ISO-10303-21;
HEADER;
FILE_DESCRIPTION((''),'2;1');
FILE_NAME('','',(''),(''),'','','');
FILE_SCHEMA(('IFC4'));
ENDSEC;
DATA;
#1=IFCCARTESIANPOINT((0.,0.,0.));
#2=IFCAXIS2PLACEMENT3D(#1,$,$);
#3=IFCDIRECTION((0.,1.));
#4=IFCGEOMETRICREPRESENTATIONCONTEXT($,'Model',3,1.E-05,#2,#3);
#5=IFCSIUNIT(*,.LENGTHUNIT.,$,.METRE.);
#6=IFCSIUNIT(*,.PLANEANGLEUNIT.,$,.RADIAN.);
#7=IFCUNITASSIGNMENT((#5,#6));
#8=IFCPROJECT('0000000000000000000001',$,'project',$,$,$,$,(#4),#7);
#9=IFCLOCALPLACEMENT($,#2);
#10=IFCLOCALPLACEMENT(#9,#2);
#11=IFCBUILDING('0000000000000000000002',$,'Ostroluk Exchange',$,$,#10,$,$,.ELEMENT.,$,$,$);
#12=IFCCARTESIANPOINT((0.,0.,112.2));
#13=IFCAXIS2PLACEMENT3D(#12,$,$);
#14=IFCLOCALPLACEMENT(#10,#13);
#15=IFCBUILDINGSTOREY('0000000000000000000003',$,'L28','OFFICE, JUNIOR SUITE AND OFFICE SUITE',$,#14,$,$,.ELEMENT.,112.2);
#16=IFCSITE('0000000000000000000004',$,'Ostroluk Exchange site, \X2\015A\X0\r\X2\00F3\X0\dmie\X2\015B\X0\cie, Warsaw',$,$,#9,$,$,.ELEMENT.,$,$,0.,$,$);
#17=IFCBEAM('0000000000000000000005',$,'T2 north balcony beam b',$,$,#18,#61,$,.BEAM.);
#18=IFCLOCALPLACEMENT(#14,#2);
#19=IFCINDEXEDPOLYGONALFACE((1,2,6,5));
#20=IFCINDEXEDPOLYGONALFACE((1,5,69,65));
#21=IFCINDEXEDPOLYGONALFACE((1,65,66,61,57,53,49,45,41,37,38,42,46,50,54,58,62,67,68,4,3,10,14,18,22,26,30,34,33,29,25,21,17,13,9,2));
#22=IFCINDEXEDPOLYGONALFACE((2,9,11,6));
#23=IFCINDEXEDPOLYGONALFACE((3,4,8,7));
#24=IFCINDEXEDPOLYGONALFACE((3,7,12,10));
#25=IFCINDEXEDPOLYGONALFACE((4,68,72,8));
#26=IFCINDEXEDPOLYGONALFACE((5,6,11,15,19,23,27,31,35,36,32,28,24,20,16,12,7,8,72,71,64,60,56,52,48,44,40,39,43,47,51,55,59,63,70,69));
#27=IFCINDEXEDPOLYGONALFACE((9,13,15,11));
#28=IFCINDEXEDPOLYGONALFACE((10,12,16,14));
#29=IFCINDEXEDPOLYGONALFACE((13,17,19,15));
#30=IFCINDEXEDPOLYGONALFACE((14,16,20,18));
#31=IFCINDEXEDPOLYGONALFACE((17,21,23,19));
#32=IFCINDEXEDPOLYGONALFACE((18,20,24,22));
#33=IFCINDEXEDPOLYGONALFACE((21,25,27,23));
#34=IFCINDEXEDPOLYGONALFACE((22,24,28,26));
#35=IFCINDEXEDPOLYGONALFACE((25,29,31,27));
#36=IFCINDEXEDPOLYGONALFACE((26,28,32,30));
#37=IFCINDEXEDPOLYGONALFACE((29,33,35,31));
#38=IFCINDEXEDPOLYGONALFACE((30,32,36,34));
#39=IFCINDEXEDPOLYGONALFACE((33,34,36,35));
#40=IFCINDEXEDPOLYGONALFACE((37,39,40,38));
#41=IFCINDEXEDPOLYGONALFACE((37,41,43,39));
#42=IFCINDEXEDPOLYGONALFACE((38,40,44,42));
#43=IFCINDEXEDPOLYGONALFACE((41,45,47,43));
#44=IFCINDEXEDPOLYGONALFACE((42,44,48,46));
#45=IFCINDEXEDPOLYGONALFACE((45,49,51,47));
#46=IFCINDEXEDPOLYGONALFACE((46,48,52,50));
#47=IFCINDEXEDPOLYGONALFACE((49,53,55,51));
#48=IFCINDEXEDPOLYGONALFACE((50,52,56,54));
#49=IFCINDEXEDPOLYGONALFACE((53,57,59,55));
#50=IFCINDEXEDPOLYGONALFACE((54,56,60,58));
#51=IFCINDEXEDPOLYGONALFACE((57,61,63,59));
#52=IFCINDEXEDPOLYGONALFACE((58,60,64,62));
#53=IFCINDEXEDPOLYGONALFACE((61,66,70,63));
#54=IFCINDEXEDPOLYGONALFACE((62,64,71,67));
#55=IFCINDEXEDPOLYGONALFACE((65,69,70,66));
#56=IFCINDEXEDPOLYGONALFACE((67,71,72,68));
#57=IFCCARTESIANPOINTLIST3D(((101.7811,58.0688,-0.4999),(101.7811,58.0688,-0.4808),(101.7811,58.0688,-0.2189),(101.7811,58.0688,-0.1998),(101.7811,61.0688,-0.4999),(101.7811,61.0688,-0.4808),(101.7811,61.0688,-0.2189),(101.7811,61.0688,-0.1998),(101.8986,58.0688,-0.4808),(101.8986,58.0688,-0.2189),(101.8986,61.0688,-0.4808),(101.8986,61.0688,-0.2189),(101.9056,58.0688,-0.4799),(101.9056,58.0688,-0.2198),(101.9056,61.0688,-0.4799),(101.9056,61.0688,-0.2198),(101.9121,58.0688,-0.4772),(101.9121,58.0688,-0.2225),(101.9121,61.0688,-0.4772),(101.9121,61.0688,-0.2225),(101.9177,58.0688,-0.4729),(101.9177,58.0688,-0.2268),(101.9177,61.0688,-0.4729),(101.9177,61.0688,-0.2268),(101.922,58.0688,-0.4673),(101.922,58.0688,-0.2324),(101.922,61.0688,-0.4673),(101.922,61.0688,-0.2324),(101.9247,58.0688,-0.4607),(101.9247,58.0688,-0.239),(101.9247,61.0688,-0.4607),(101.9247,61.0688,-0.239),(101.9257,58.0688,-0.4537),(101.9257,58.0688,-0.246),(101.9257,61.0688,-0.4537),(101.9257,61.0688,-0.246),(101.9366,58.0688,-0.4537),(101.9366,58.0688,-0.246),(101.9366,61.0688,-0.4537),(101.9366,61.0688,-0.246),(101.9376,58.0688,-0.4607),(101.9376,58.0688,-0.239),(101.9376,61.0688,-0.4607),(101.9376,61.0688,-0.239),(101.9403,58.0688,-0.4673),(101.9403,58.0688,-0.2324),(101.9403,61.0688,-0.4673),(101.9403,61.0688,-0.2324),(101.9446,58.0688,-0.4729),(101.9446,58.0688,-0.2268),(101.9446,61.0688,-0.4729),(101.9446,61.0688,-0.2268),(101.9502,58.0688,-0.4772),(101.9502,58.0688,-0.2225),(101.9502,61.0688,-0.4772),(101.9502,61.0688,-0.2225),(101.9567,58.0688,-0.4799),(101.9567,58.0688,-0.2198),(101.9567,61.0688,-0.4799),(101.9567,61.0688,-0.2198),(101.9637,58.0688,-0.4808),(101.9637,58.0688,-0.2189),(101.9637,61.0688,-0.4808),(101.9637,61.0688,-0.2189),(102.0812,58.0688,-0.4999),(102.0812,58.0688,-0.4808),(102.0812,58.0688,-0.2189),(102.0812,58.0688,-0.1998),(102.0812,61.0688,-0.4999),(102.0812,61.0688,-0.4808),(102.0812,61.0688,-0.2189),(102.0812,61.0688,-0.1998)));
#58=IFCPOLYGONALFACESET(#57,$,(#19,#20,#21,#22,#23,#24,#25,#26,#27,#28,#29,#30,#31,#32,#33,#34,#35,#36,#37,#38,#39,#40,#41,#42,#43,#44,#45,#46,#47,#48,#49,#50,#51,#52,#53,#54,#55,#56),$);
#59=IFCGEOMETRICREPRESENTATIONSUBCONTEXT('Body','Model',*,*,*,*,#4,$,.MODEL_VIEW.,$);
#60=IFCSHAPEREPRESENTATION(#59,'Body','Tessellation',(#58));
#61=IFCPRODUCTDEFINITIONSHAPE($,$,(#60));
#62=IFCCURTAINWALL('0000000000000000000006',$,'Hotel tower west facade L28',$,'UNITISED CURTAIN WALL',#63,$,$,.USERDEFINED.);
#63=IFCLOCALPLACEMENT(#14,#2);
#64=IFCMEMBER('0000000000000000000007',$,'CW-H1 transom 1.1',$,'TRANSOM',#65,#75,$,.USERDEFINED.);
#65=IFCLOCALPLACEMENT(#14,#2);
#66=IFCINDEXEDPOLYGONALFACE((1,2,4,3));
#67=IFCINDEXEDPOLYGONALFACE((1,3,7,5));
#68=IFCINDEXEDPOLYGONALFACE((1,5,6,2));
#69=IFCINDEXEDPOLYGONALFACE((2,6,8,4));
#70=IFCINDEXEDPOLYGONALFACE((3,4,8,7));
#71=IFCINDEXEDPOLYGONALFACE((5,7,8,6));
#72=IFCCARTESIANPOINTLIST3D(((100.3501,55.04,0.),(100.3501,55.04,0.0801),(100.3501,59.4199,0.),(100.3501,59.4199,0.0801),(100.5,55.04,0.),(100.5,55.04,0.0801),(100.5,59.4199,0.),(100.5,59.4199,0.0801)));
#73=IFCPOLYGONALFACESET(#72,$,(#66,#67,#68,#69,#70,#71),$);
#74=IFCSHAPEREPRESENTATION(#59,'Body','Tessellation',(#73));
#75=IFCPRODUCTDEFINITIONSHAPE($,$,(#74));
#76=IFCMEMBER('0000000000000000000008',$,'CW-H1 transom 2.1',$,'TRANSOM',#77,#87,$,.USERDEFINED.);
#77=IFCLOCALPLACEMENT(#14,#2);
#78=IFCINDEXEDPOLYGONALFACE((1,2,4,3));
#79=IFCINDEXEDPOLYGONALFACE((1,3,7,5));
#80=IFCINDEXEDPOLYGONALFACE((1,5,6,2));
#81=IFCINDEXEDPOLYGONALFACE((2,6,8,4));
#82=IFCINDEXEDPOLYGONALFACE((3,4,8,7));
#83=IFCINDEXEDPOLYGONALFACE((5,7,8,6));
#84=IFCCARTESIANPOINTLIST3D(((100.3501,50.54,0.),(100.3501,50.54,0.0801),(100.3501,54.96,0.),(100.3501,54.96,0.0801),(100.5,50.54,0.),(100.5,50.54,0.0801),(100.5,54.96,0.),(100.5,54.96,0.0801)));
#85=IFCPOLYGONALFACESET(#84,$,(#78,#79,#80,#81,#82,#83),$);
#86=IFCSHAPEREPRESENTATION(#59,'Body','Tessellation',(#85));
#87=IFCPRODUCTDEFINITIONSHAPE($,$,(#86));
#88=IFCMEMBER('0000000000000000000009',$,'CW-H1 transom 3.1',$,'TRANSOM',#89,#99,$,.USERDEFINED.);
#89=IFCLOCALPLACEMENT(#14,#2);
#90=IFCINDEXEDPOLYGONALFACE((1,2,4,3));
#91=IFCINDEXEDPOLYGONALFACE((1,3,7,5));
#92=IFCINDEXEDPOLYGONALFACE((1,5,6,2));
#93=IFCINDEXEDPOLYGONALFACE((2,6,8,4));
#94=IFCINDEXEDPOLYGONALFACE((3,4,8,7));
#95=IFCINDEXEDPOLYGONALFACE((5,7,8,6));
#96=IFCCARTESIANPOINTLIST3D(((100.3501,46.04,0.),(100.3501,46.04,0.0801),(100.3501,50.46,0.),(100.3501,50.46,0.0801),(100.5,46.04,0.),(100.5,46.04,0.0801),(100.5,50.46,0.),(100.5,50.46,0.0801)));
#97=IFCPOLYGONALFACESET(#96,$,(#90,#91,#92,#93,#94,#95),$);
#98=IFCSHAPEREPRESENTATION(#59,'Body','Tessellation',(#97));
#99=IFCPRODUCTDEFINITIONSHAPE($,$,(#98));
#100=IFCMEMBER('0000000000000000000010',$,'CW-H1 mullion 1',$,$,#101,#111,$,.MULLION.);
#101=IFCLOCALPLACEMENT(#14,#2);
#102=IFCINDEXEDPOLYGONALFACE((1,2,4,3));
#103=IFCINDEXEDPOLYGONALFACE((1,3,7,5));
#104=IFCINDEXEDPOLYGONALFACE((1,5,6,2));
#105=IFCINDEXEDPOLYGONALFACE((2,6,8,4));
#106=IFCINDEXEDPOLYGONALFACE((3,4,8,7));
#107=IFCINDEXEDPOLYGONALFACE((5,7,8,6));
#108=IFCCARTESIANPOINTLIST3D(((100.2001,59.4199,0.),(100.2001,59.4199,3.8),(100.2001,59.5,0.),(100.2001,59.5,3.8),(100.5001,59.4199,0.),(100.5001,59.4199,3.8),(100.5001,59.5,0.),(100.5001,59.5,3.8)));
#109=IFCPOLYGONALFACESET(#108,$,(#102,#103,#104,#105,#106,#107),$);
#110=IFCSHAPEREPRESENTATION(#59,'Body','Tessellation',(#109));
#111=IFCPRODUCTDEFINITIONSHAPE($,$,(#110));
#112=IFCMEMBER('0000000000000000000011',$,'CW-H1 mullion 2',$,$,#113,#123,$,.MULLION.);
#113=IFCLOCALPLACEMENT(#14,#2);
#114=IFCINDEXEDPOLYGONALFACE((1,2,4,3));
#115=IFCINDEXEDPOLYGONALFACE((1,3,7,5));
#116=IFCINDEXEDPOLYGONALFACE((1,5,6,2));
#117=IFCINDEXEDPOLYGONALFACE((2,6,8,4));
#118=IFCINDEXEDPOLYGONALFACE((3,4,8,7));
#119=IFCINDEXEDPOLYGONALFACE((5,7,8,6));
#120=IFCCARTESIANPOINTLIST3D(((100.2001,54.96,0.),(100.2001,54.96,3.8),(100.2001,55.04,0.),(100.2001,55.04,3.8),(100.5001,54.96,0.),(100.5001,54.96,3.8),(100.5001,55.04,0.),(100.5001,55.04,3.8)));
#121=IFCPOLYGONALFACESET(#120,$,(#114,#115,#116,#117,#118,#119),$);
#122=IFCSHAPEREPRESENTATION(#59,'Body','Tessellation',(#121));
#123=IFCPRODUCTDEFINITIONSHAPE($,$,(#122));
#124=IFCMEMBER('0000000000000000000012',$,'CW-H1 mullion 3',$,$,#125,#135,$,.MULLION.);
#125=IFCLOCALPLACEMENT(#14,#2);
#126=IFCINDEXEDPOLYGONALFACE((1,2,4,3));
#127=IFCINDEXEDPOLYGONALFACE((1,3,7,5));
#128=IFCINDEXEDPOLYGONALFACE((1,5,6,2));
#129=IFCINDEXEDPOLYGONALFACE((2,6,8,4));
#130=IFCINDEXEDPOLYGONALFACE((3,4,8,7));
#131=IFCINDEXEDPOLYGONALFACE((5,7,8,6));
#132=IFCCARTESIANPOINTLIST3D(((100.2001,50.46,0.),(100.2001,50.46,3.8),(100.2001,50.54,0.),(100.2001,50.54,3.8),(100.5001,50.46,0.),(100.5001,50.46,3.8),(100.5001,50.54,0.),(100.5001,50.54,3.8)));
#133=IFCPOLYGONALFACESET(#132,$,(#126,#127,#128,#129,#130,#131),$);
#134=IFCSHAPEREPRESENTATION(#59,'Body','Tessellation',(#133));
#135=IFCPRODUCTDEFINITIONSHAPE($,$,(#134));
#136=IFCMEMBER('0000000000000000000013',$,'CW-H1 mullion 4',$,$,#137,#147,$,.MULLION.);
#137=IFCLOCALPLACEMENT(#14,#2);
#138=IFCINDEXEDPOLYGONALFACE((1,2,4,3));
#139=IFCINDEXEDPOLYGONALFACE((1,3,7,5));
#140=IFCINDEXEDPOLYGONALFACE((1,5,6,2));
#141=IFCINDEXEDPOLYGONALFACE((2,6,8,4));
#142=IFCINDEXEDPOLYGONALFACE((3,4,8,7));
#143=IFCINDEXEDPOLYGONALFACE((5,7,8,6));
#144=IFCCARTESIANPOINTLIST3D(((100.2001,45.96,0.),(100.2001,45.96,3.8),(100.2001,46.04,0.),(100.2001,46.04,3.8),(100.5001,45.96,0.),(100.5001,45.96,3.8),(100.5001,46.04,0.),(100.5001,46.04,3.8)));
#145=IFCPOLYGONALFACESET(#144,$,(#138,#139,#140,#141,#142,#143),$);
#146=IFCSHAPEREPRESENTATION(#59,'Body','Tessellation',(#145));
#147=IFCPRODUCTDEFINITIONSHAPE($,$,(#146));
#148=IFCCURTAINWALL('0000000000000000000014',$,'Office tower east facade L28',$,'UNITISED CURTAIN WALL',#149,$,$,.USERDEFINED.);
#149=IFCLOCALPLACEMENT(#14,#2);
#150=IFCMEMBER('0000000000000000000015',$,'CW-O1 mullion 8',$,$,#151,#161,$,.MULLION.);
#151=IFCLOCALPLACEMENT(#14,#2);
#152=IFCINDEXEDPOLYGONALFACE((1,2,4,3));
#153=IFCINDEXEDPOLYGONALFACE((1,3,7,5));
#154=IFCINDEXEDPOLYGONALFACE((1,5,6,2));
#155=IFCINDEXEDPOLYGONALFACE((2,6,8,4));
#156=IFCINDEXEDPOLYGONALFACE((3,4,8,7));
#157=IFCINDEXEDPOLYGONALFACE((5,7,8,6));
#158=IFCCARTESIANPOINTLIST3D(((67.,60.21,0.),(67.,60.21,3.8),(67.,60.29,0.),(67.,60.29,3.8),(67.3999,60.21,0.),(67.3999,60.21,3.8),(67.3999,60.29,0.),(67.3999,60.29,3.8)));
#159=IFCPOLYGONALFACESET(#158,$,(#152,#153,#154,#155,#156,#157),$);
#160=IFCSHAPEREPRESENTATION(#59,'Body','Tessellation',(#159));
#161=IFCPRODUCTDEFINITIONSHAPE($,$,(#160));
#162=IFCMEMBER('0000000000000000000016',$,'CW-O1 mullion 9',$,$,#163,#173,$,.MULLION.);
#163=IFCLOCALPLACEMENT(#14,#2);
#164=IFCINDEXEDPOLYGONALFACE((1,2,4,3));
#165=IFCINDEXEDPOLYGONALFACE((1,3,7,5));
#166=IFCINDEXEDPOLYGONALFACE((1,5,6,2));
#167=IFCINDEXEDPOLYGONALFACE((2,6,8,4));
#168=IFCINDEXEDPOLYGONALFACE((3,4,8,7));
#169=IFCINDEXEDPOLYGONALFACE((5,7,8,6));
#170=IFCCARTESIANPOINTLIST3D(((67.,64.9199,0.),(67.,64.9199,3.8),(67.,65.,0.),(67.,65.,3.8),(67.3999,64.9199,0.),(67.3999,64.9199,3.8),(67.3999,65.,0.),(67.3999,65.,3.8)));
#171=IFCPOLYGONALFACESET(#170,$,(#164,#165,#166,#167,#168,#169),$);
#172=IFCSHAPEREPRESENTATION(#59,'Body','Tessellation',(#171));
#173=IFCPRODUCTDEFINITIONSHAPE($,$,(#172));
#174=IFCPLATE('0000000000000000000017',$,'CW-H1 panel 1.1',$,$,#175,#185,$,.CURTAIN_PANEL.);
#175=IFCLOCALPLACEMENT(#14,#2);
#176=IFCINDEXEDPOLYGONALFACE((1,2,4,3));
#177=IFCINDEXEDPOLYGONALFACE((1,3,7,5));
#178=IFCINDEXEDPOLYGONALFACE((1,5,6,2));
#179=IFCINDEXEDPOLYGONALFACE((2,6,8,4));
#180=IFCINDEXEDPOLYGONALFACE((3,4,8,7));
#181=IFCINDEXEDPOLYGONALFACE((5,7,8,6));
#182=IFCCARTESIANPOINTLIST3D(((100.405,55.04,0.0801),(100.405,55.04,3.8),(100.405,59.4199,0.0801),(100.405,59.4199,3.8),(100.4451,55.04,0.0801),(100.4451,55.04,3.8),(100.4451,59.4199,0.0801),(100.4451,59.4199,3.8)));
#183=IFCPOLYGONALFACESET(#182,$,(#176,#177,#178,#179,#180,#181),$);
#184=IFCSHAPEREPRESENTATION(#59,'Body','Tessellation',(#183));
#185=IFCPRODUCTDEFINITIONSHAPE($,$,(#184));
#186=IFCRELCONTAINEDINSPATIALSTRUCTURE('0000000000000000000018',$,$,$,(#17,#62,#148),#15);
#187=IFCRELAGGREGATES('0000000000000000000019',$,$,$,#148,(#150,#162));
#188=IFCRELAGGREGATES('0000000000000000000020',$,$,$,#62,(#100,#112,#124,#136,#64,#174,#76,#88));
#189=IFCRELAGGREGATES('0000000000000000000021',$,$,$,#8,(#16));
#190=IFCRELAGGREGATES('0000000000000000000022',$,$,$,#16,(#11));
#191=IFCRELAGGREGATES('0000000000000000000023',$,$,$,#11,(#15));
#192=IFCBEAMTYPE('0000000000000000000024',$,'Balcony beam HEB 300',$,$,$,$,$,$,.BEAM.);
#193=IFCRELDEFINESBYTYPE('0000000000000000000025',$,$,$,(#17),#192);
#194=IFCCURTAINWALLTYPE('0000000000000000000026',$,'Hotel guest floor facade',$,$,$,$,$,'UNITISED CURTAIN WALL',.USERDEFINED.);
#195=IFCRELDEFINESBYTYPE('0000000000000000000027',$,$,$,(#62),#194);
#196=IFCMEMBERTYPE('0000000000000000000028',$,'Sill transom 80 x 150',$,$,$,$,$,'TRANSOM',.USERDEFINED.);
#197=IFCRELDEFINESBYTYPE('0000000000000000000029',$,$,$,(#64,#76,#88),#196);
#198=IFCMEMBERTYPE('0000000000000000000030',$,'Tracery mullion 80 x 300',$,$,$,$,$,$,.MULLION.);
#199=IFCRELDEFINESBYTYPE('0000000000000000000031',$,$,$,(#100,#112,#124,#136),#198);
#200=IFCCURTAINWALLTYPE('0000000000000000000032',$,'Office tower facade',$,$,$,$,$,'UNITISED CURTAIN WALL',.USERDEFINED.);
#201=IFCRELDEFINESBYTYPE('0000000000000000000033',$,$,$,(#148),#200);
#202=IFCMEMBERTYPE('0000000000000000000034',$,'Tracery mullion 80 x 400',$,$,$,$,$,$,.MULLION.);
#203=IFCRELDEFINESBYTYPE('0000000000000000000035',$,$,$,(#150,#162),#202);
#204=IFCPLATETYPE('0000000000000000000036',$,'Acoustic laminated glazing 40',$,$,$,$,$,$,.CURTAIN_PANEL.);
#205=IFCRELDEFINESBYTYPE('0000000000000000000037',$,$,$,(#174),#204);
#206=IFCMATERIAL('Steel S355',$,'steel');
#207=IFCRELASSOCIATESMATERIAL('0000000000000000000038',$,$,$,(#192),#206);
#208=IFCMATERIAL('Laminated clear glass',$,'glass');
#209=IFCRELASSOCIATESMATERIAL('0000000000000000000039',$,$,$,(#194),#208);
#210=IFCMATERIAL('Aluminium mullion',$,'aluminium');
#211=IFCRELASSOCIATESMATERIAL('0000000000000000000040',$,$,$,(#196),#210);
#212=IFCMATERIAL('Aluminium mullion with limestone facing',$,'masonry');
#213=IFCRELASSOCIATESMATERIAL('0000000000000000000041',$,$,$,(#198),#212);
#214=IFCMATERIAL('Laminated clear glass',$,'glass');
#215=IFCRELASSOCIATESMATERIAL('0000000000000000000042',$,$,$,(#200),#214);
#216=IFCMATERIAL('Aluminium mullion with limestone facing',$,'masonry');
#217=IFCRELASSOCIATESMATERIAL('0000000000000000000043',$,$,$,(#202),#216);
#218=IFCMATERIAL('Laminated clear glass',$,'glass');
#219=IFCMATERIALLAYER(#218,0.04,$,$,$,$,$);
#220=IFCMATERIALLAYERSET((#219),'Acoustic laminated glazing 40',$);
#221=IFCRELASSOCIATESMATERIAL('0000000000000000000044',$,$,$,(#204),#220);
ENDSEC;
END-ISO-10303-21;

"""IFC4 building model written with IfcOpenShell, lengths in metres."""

from ifc_helpers import new_model, si_unit, direction, frame, origin, origin_2d, place, context, subcontext, project, spatial, rectangle, i_section, extrude, material, layer, layer_set, material_profile, profile_set, type_object, element, aggregate, save


model = new_model("IFC4")

# Units and contexts
model_context = context("Model", 3, precision=1e-05, world=origin(), true_north=direction((0.0, 1.0)))
body_context = subcontext(model_context, "Body", "Model", "MODEL_VIEW")
ifc_project = project(units=[si_unit("LENGTHUNIT", "METRE"), si_unit("PLANEANGLEUNIT", "RADIAN")], contexts=[model_context])

# Site, building, storey
site_placement = place(None, origin())
site = spatial("IfcSite", under=ifc_project, at=site_placement, Name="Ostroluk Exchange site, Śródmieście, Warsaw", CompositionType="ELEMENT", RefElevation=0.0)
building_placement = place(site_placement, origin())
building = spatial("IfcBuilding", under=site, at=building_placement, Name="Ostroluk Exchange", CompositionType="ELEMENT")
storey_placement = place(building_placement, frame((0.0, 0.0, 112.2)))
storey = spatial("IfcBuildingStorey", under=building, at=storey_placement, Name="L28", Description="OFFICE, JUNIOR SUITE AND OFFICE SUITE", CompositionType="ELEMENT", Elevation=112.2)

# Beam
ifc_material_1 = material(Name="Steel S355", Category="steel")
ifc_material_profile_1 = material_profile(ifc_material_1, i_section(OverallWidth=0.3, OverallDepth=0.3, WebThickness=0.011, FlangeThickness=0.019, FilletRadius=0.0271, at=origin_2d()), Name="HEB 300")
ifc_profile_set_1 = profile_set([ifc_material_profile_1], Name="Steel S355")
beam_type = type_object("IfcBeamType", Name="Balcony beam HEB 300", PredefinedType="BEAM", material=ifc_profile_set_1)
beam_placement = place(storey_placement, frame((101.9312, 58.0688, -0.3499), z_axis=(0.0, 1.0, 0.0), x_axis=(-1.0, 0.0, 0.0)))
element("IfcBeam", 1, at=beam_placement, inside=storey, type_object=beam_type, Name="T2 north balcony beam b", PredefinedType="BEAM", context=body_context, shape_type="SweptSolid", body=[
    extrude(i_section(OverallWidth=0.3, OverallDepth=0.3, WebThickness=0.011, FlangeThickness=0.019, FilletRadius=0.0271, at=origin_2d()), origin(), (0.0, 0.0, 1.0), 3.0),
])

# Curtain walls, members
ifc_material_2 = material(Name="Laminated clear glass", Category="glass")
curtain_wall_type_1 = type_object("IfcCurtainWallType", Name="Hotel guest floor facade", ElementType="UNITISED CURTAIN WALL", PredefinedType="USERDEFINED", material=ifc_material_2)
curtain_wall_1_placement = place(storey_placement, origin())
curtain_wall_1 = element("IfcCurtainWall", 2, at=curtain_wall_1_placement, inside=storey, type_object=curtain_wall_type_1, Name="Hotel tower west facade L28", ObjectType="UNITISED CURTAIN WALL", PredefinedType="USERDEFINED")
ifc_material_3 = material(Name="Aluminium mullion", Category="aluminium")
ifc_material_profile_2 = material_profile(ifc_material_3, rectangle(XDim=0.1499, YDim=0.0801, at=origin_2d()), Name="Sill transom 80 x 150")
ifc_profile_set_2 = profile_set([ifc_material_profile_2], Name="Aluminium mullion")
member_type_1 = type_object("IfcMemberType", Name="Sill transom 80 x 150", ElementType="TRANSOM", PredefinedType="USERDEFINED", material=ifc_profile_set_2)
member_1_placement = place(storey_placement, frame((100.425, 59.4199, 0.04), z_axis=(0.0, -1.0, 0.0), x_axis=(1.0, 0.0, 0.0)))
member_1 = element("IfcMember", 3, at=member_1_placement, type_object=member_type_1, Name="CW-H1 transom 1.1", ObjectType="TRANSOM", PredefinedType="USERDEFINED", context=body_context, shape_type="SweptSolid", body=[
    extrude(rectangle(XDim=0.1499, YDim=0.0801, at=origin_2d()), origin(), (0.0, 0.0, 1.0), 4.3799),
])
member_2_placement = place(storey_placement, frame((100.425, 54.96, 0.04), z_axis=(0.0, -1.0, 0.0), x_axis=(1.0, 0.0, 0.0)))
member_2 = element("IfcMember", 4, at=member_2_placement, type_object=member_type_1, Name="CW-H1 transom 2.1", ObjectType="TRANSOM", PredefinedType="USERDEFINED", context=body_context, shape_type="SweptSolid", body=[
    extrude(rectangle(XDim=0.1499, YDim=0.0801, at=origin_2d()), origin(), (0.0, 0.0, 1.0), 4.4199),
])
member_3_placement = place(storey_placement, frame((100.425, 50.46, 0.04), z_axis=(0.0, -1.0, 0.0), x_axis=(1.0, 0.0, 0.0)))
member_3 = element("IfcMember", 5, at=member_3_placement, type_object=member_type_1, Name="CW-H1 transom 3.1", ObjectType="TRANSOM", PredefinedType="USERDEFINED", context=body_context, shape_type="SweptSolid", body=[
    extrude(rectangle(XDim=0.1499, YDim=0.0801, at=origin_2d()), origin(), (0.0, 0.0, 1.0), 4.4199),
])
ifc_material_4 = material(Name="Aluminium mullion with limestone facing", Category="masonry")
ifc_material_profile_3 = material_profile(ifc_material_4, rectangle(XDim=0.3, YDim=0.0801, at=origin_2d()), Name="Tracery mullion 80 x 300")
ifc_profile_set_3 = profile_set([ifc_material_profile_3], Name="Aluminium mullion with limestone facing")
member_type_2 = type_object("IfcMemberType", Name="Tracery mullion 80 x 300", PredefinedType="MULLION", material=ifc_profile_set_3)
member_4_placement = place(storey_placement, frame((100.3501, 59.46, 0.0), z_axis=(0.0, 0.0, 1.0), x_axis=(1.0, 0.0, 0.0)))
member_4 = element("IfcMember", 6, at=member_4_placement, type_object=member_type_2, Name="CW-H1 mullion 1", PredefinedType="MULLION", context=body_context, shape_type="SweptSolid", body=[
    extrude(rectangle(XDim=0.3, YDim=0.0801, at=origin_2d()), origin(), (0.0, 0.0, 1.0), 3.8),
])
member_5_placement = place(storey_placement, frame((100.3501, 55.0, 0.0), z_axis=(0.0, 0.0, 1.0), x_axis=(1.0, 0.0, 0.0)))
member_5 = element("IfcMember", 7, at=member_5_placement, type_object=member_type_2, Name="CW-H1 mullion 2", PredefinedType="MULLION", context=body_context, shape_type="SweptSolid", body=[
    extrude(rectangle(XDim=0.3, YDim=0.0801, at=origin_2d()), origin(), (0.0, 0.0, 1.0), 3.8),
])
member_6_placement = place(storey_placement, frame((100.3501, 50.5, 0.0), z_axis=(0.0, 0.0, 1.0), x_axis=(1.0, 0.0, 0.0)))
member_6 = element("IfcMember", 8, at=member_6_placement, type_object=member_type_2, Name="CW-H1 mullion 3", PredefinedType="MULLION", context=body_context, shape_type="SweptSolid", body=[
    extrude(rectangle(XDim=0.3, YDim=0.0801, at=origin_2d()), origin(), (0.0, 0.0, 1.0), 3.8),
])
member_7_placement = place(storey_placement, frame((100.3501, 46.0, 0.0), z_axis=(0.0, 0.0, 1.0), x_axis=(1.0, 0.0, 0.0)))
member_7 = element("IfcMember", 9, at=member_7_placement, type_object=member_type_2, Name="CW-H1 mullion 4", PredefinedType="MULLION", context=body_context, shape_type="SweptSolid", body=[
    extrude(rectangle(XDim=0.3, YDim=0.0801, at=origin_2d()), origin(), (0.0, 0.0, 1.0), 3.8),
])
ifc_material_5 = material(Name="Laminated clear glass", Category="glass")
curtain_wall_type_2 = type_object("IfcCurtainWallType", Name="Office tower facade", ElementType="UNITISED CURTAIN WALL", PredefinedType="USERDEFINED", material=ifc_material_5)
curtain_wall_2_placement = place(storey_placement, origin())
curtain_wall_2 = element("IfcCurtainWall", 10, at=curtain_wall_2_placement, inside=storey, type_object=curtain_wall_type_2, Name="Office tower east facade L28", ObjectType="UNITISED CURTAIN WALL", PredefinedType="USERDEFINED")
ifc_material_6 = material(Name="Aluminium mullion with limestone facing", Category="masonry")
ifc_material_profile_4 = material_profile(ifc_material_6, rectangle(XDim=0.3999, YDim=0.0801, at=origin_2d()), Name="Tracery mullion 80 x 400")
ifc_profile_set_4 = profile_set([ifc_material_profile_4], Name="Aluminium mullion with limestone facing")
member_type_3 = type_object("IfcMemberType", Name="Tracery mullion 80 x 400", PredefinedType="MULLION", material=ifc_profile_set_4)
member_8_placement = place(storey_placement, frame((67.2, 60.25, 0.0), z_axis=(0.0, 0.0, 1.0), x_axis=(-1.0, 0.0, 0.0)))
member_8 = element("IfcMember", 11, at=member_8_placement, type_object=member_type_3, Name="CW-O1 mullion 8", PredefinedType="MULLION", context=body_context, shape_type="SweptSolid", body=[
    extrude(rectangle(XDim=0.3999, YDim=0.0801, at=origin_2d()), origin(), (0.0, 0.0, 1.0), 3.8),
])
member_9_placement = place(storey_placement, frame((67.2, 64.96, 0.0), z_axis=(0.0, 0.0, 1.0), x_axis=(-1.0, 0.0, 0.0)))
member_9 = element("IfcMember", 12, at=member_9_placement, type_object=member_type_3, Name="CW-O1 mullion 9", PredefinedType="MULLION", context=body_context, shape_type="SweptSolid", body=[
    extrude(rectangle(XDim=0.3999, YDim=0.0801, at=origin_2d()), origin(), (0.0, 0.0, 1.0), 3.8),
])
aggregate(curtain_wall_2, [member_8, member_9])

# Plate
ifc_material_7 = material(Name="Laminated clear glass", Category="glass")
ifc_layer_1 = layer(ifc_material_7, 0.04)
ifc_layer_set_1 = layer_set([ifc_layer_1], Name="Acoustic laminated glazing 40")
plate_type = type_object("IfcPlateType", Name="Acoustic laminated glazing 40", PredefinedType="CURTAIN_PANEL", material=ifc_layer_set_1)
plate_1_placement = place(storey_placement, frame((100.425, 57.23, 0.0801), z_axis=(0.0, 0.0, 1.0), x_axis=(0.0, -1.0, 0.0)))
plate_1 = element("IfcPlate", 13, at=plate_1_placement, type_object=plate_type, Name="CW-H1 panel 1.1", PredefinedType="CURTAIN_PANEL", context=body_context, shape_type="SweptSolid", body=[
    extrude(rectangle(XDim=4.3799, YDim=0.04, at=origin_2d()), origin(), (0.0, 0.0, 1.0), 3.72),
])
aggregate(curtain_wall_1, [member_4, member_5, member_6, member_7, member_1, plate_1, member_2, member_3])

save(model, "model.ifc")
